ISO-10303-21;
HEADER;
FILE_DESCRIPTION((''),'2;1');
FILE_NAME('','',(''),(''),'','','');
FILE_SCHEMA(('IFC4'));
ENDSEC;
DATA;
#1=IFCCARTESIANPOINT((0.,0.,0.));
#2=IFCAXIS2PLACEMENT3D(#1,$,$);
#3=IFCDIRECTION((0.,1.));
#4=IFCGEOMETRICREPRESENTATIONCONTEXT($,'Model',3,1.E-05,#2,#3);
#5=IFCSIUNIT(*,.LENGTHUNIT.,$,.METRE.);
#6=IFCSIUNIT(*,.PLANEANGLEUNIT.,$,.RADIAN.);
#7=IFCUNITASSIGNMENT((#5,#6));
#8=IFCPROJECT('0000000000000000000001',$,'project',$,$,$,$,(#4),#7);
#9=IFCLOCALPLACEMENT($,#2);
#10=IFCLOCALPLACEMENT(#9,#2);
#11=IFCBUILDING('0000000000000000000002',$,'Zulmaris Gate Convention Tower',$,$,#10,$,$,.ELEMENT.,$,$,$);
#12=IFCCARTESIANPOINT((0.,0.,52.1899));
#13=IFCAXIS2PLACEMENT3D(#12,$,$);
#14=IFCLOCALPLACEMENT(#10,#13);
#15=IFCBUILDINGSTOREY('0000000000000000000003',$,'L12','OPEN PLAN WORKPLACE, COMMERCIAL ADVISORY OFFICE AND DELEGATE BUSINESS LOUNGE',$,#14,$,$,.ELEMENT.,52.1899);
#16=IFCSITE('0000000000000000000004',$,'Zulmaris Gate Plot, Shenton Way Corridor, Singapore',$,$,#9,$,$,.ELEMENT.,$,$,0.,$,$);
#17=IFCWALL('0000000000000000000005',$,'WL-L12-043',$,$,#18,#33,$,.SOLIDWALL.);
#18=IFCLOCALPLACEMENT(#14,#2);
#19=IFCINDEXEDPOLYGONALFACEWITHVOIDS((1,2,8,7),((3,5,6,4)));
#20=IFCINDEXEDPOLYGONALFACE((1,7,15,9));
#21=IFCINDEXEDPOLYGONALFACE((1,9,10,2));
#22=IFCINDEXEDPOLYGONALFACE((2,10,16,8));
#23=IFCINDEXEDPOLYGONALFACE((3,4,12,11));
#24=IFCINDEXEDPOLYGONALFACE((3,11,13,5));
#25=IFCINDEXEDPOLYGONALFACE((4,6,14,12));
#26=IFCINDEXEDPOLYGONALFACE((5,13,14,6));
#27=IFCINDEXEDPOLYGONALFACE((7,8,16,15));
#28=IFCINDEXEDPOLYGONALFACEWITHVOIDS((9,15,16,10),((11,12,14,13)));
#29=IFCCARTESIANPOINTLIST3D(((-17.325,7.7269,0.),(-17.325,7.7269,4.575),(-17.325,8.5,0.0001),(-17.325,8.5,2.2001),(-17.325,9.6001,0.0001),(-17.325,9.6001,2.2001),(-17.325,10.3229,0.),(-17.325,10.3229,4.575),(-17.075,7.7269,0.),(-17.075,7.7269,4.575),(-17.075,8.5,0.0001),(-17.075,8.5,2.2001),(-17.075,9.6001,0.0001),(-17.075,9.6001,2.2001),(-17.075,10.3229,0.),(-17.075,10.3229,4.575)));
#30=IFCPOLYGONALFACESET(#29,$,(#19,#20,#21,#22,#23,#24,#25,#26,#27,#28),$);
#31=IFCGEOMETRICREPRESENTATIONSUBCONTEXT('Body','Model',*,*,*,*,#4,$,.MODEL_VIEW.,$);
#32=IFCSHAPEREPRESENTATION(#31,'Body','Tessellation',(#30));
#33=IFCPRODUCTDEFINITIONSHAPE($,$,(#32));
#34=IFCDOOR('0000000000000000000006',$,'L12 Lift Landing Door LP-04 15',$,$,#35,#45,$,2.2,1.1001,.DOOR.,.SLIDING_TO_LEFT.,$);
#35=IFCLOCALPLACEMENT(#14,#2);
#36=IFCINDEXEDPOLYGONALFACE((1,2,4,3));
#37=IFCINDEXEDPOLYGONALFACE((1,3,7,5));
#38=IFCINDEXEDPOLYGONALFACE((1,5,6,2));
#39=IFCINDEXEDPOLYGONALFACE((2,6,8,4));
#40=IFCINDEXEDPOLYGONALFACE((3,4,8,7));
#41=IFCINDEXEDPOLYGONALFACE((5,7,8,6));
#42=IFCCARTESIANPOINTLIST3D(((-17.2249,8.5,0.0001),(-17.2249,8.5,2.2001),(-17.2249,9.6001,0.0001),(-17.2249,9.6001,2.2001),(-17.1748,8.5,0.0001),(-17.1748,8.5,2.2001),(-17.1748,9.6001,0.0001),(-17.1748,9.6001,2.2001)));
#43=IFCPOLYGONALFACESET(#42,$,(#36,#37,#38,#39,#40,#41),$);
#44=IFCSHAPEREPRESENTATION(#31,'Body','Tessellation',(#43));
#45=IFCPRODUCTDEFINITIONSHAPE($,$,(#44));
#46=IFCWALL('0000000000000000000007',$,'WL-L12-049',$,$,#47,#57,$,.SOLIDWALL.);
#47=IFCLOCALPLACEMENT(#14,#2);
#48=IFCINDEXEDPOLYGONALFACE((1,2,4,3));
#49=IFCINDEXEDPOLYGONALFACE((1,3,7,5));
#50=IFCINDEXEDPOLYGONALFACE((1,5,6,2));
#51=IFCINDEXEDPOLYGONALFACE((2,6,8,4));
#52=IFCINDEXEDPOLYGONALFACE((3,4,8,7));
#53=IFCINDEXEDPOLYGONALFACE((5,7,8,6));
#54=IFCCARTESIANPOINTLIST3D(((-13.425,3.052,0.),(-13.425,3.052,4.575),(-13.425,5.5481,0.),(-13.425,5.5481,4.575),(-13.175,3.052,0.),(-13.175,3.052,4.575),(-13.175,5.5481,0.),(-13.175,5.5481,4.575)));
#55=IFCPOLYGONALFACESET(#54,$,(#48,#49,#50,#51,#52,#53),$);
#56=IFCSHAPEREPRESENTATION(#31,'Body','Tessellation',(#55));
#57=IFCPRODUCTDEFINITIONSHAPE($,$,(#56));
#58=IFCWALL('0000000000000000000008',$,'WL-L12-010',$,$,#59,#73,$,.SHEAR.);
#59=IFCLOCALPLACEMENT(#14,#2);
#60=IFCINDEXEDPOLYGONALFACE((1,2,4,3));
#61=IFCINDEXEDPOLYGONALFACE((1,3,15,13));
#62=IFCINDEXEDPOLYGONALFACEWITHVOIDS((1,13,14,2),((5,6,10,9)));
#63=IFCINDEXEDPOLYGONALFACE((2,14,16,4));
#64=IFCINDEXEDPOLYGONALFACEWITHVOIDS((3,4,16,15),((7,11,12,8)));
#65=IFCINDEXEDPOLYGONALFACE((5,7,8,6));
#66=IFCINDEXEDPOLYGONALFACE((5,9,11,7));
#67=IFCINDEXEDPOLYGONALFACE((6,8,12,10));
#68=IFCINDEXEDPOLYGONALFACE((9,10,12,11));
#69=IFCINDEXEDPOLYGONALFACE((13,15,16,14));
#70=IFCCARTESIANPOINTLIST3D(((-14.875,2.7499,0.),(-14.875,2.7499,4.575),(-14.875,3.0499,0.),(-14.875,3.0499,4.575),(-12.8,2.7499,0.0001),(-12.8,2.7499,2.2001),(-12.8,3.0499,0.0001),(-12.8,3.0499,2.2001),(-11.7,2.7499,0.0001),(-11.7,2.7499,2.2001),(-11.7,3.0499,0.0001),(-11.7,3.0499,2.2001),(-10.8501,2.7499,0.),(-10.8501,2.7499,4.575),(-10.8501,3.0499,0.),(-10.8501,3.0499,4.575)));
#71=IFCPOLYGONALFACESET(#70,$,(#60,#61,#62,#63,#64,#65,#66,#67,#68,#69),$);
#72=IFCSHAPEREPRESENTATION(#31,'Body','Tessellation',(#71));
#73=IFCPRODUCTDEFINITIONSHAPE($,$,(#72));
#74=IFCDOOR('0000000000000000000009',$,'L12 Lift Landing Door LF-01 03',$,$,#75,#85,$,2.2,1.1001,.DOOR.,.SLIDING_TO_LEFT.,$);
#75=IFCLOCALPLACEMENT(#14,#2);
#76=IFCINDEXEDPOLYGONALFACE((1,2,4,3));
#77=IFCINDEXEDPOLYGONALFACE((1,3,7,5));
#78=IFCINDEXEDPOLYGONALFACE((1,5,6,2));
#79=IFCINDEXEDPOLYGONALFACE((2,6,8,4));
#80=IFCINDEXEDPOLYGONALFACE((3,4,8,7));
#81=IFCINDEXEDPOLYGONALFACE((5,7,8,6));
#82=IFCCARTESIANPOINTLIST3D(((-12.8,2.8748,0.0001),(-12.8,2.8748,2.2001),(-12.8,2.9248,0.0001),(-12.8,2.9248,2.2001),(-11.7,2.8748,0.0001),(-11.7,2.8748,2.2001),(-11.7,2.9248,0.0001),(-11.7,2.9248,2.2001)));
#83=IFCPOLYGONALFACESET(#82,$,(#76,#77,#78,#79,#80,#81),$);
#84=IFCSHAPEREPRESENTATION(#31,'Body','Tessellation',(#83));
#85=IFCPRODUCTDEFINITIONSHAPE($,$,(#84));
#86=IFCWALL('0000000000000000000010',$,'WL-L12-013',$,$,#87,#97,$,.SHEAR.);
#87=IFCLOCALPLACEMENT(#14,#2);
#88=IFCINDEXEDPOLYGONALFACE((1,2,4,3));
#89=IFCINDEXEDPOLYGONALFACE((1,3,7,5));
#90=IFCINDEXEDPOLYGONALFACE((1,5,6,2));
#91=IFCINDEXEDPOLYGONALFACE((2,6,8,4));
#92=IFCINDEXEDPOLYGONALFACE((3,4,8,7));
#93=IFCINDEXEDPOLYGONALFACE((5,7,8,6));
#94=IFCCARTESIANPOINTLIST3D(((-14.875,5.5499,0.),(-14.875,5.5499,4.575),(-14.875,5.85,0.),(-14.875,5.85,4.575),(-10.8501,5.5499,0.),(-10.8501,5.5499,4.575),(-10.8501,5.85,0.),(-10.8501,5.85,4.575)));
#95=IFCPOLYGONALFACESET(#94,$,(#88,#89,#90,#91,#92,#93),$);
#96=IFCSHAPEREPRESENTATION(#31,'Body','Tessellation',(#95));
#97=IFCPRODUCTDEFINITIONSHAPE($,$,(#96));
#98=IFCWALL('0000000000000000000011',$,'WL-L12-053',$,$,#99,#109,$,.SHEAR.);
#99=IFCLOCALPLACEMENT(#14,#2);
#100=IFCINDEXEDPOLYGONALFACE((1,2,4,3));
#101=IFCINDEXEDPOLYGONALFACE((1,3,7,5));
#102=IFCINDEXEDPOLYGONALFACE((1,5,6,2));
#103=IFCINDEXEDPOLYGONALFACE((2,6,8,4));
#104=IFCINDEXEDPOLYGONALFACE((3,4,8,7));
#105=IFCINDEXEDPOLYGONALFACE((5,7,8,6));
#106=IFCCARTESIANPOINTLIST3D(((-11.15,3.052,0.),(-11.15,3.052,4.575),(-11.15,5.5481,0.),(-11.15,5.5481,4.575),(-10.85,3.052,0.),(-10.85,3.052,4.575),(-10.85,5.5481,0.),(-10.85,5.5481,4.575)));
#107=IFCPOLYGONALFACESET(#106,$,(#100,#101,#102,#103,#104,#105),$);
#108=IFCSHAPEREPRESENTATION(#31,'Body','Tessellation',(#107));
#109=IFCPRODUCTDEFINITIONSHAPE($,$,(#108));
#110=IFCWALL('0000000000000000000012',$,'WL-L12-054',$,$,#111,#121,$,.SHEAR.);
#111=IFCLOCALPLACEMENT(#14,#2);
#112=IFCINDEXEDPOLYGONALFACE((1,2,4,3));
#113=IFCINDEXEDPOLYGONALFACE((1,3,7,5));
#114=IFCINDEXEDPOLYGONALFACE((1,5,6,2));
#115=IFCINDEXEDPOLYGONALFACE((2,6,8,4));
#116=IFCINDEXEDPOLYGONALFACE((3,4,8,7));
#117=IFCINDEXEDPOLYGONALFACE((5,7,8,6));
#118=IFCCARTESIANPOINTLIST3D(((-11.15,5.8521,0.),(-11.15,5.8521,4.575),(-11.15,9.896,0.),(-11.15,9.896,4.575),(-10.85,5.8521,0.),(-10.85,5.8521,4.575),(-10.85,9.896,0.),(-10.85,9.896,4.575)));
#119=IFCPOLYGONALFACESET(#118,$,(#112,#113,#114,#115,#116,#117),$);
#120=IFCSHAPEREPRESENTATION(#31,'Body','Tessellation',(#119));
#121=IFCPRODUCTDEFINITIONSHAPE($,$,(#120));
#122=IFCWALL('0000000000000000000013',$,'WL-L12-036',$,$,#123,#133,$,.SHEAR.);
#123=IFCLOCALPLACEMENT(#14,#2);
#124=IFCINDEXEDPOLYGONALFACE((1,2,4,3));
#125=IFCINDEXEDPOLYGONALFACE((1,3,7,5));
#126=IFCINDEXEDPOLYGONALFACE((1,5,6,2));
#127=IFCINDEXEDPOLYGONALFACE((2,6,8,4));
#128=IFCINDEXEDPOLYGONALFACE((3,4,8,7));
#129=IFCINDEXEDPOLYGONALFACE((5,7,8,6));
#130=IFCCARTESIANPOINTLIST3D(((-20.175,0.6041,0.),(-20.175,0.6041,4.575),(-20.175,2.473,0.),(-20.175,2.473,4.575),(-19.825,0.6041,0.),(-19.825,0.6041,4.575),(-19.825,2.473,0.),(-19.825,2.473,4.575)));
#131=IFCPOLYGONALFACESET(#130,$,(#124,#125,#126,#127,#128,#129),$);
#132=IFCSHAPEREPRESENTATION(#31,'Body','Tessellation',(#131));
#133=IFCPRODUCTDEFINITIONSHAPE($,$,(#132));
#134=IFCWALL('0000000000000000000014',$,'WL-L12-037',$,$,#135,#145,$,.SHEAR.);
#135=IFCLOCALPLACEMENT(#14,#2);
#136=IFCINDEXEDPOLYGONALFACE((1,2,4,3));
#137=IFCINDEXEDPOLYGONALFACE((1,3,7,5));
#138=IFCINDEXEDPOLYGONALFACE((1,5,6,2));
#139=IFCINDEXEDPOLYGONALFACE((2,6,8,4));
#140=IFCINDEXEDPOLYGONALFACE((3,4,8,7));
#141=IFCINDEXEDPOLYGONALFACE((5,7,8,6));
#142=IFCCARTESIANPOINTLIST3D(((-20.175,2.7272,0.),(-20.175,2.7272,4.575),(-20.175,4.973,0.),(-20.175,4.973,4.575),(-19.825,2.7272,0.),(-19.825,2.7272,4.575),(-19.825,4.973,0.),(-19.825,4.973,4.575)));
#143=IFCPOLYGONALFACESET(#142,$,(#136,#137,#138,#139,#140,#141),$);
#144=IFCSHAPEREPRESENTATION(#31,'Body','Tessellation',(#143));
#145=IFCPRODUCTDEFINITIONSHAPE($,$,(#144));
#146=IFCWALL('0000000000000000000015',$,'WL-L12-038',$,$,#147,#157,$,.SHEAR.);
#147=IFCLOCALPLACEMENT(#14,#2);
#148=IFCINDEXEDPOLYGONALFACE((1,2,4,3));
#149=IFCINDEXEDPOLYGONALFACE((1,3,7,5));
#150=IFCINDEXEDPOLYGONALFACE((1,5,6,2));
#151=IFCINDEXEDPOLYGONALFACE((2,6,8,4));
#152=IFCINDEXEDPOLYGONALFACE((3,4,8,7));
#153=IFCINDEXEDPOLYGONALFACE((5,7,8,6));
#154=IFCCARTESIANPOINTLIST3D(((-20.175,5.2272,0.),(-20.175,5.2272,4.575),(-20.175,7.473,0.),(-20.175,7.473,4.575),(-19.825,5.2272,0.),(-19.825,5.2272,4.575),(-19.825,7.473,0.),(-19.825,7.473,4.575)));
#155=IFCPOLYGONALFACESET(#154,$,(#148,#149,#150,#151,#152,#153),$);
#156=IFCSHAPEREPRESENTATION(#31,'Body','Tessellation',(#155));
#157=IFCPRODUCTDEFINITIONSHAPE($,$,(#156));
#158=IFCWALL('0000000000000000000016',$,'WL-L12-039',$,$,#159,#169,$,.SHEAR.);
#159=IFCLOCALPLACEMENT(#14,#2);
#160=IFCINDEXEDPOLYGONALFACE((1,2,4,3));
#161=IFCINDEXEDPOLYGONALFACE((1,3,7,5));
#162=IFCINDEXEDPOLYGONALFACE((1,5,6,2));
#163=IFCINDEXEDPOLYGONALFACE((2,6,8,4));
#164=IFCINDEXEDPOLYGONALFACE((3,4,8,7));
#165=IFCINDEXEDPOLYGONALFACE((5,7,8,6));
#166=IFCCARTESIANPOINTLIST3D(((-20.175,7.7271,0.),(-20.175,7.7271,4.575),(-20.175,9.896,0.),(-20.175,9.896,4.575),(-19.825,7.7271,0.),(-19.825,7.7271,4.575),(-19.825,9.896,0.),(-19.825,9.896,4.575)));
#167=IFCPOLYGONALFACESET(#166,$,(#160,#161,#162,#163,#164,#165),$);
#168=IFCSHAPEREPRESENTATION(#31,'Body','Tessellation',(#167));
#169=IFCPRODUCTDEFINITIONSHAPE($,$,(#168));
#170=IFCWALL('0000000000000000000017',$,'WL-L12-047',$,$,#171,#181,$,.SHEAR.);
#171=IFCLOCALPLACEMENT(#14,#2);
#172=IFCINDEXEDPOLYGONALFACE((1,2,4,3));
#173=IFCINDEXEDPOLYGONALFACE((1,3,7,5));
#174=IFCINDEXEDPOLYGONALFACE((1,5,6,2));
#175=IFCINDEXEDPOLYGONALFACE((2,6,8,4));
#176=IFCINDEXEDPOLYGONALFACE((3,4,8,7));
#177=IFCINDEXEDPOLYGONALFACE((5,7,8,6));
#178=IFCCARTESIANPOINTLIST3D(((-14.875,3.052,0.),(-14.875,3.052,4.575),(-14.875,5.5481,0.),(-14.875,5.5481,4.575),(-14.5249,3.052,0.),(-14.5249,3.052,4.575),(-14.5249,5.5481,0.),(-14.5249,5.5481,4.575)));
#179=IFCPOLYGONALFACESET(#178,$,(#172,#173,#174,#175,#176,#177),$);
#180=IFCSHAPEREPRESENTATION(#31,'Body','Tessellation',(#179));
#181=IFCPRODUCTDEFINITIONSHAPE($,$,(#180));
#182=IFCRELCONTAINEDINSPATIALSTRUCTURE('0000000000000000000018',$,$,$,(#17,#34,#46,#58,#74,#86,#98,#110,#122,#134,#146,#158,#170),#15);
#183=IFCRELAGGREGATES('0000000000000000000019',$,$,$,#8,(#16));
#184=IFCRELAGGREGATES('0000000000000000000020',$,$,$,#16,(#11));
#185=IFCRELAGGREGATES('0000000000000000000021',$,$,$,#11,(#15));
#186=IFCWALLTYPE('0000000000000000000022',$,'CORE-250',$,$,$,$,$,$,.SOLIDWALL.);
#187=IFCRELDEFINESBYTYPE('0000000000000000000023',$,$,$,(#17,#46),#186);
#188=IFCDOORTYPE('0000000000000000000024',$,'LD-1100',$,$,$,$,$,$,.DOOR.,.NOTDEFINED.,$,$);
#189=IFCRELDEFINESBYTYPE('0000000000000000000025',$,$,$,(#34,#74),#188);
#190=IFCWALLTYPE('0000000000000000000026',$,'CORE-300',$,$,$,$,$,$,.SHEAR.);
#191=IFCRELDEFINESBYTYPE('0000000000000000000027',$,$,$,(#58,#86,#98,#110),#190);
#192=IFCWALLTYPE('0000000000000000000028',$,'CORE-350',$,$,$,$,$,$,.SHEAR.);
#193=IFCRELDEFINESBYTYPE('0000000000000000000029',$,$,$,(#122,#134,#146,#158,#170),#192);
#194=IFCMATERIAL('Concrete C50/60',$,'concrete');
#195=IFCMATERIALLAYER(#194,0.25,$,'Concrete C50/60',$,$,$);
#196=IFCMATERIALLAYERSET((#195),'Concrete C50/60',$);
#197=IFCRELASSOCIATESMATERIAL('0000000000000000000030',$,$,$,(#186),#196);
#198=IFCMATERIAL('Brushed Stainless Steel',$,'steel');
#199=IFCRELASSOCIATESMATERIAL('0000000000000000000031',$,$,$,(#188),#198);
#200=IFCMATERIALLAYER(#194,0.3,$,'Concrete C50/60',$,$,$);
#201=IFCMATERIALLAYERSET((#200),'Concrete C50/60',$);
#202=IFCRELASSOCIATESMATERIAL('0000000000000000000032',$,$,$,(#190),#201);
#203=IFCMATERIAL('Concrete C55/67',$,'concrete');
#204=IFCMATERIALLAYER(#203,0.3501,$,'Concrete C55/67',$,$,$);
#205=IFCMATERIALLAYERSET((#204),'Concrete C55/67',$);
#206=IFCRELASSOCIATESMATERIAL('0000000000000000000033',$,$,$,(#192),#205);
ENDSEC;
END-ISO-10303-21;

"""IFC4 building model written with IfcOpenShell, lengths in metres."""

from ifc_helpers import new_model, si_unit, direction, frame, frame_2d, origin, place, context, subcontext, project, spatial, rectangle, extrude, material, layer, layer_set, type_object, element, fill, save


model = new_model("IFC4")

# Units and contexts
model_context = context("Model", 3, precision=1e-05, world=origin(), true_north=direction((0.0, 1.0)))
body_context = subcontext(model_context, "Body", "Model", "MODEL_VIEW")
ifc_project = project(units=[si_unit("LENGTHUNIT", "METRE"), si_unit("PLANEANGLEUNIT", "RADIAN")], contexts=[model_context])

# Site, building, storey
site_placement = place(None, origin())
site = spatial("IfcSite", under=ifc_project, at=site_placement, Name="Zulmaris Gate Plot, Shenton Way Corridor, Singapore", CompositionType="ELEMENT", RefElevation=0.0)
building_placement = place(site_placement, origin())
building = spatial("IfcBuilding", under=site, at=building_placement, Name="Zulmaris Gate Convention Tower", CompositionType="ELEMENT")
storey_placement = place(building_placement, frame((0.0, 0.0, 52.1899)))
storey = spatial("IfcBuildingStorey", under=building, at=storey_placement, Name="L12", Description="OPEN PLAN WORKPLACE, COMMERCIAL ADVISORY OFFICE AND DELEGATE BUSINESS LOUNGE", CompositionType="ELEMENT", Elevation=52.1899)

# Shared definitions
ifc_material_1 = material(Name="Concrete C50/60", Category="concrete")
ifc_layer_1 = layer(ifc_material_1, 0.25, Name="Concrete C50/60")
ifc_layer_set_1 = layer_set([ifc_layer_1], Name="Concrete C50/60")
wall_type_1 = type_object("IfcWallType", Name="CORE-250", PredefinedType="SOLIDWALL", material=ifc_layer_set_1)

# Wall, opening, door
ifc_material_2 = material(Name="Brushed Stainless Steel", Category="steel")
door_type_1 = type_object("IfcDoorType", Name="LD-1100", OperationType="NOTDEFINED", PredefinedType="DOOR", material=ifc_material_2)
wall_1_placement = place(storey_placement, frame((-17.2, 7.7271, 0.0), z_axis=(0.0, 0.0, 1.0), x_axis=(0.0, 1.0, 0.0)))
wall_1 = element("IfcWall", 1, at=wall_1_placement, inside=storey, type_object=wall_type_1, Name="WL-L12-043", PredefinedType="SOLIDWALL", context=body_context, shape_type="SweptSolid", body=[
    extrude(rectangle(XDim=2.5959, YDim=0.25, at=frame_2d((1.2979, 0.0))), origin(), (0.0, 0.0, 1.0), 4.575),
])
opening_1_placement = place(wall_1_placement, frame((0.7729, 0.0, 0.0)))
opening_1 = element("IfcOpeningElement", 2, at=opening_1_placement, cuts=wall_1, PredefinedType="OPENING", context=body_context, shape_type="SweptSolid", body=[
    extrude(rectangle(XDim=1.1001, YDim=2.2, at=frame_2d((0.55, 1.1001))), frame((0.0, 0.135, 0.0), z_axis=(0.0, -1.0, 0.0), x_axis=(1.0, 0.0, 0.0)), (0.0, 0.0, 1.0), 0.27),
])
door_1_placement = place(opening_1_placement, origin())
door_1 = element("IfcDoor", 3, at=door_1_placement, inside=storey, type_object=door_type_1, Name="L12 Lift Landing Door LP-04 15", OperationType="SLIDING_TO_LEFT", OverallHeight=2.2, OverallWidth=1.1001, PredefinedType="DOOR", context=body_context, shape_type="SweptSolid", body=[
    extrude(rectangle(XDim=1.1001, YDim=2.2, at=frame_2d((0.55, 1.1001))), frame((0.0, 0.0249, 0.0), z_axis=(0.0, -1.0, 0.0), x_axis=(1.0, 0.0, 0.0)), (0.0, 0.0, 1.0), 0.05),
])
fill(opening_1, door_1)

# Wall
wall_2_placement = place(storey_placement, frame((-13.3, 3.052, 0.0), z_axis=(0.0, 0.0, 1.0), x_axis=(0.0, 1.0, 0.0)))
element("IfcWall", 4, at=wall_2_placement, inside=storey, type_object=wall_type_1, Name="WL-L12-049", PredefinedType="SOLIDWALL", context=body_context, shape_type="SweptSolid", body=[
    extrude(rectangle(XDim=2.4961, YDim=0.25, at=frame_2d((1.248, 0.0))), origin(), (0.0, 0.0, 1.0), 4.575),
])

# Wall, opening, door
ifc_layer_2 = layer(ifc_material_1, 0.3, Name="Concrete C50/60")
ifc_layer_set_2 = layer_set([ifc_layer_2], Name="Concrete C50/60")
wall_type_2 = type_object("IfcWallType", Name="CORE-300", PredefinedType="SHEAR", material=ifc_layer_set_2)
wall_3_placement = place(storey_placement, frame((-14.875, 2.8999, 0.0), z_axis=(0.0, 0.0, 1.0), x_axis=(1.0, 0.0, 0.0)))
wall_3 = element("IfcWall", 5, at=wall_3_placement, inside=storey, type_object=wall_type_2, Name="WL-L12-010", PredefinedType="SHEAR", context=body_context, shape_type="SweptSolid", body=[
    extrude(rectangle(XDim=4.0249, YDim=0.3, at=frame_2d((2.0125, 0.0))), origin(), (0.0, 0.0, 1.0), 4.575),
])
opening_2_placement = place(wall_3_placement, frame((2.075, 0.0, 0.0)))
opening_2 = element("IfcOpeningElement", 6, at=opening_2_placement, cuts=wall_3, PredefinedType="OPENING", context=body_context, shape_type="SweptSolid", body=[
    extrude(rectangle(XDim=1.1001, YDim=2.2, at=frame_2d((0.55, 1.1001))), frame((0.0, 0.1602, 0.0), z_axis=(0.0, -1.0, 0.0), x_axis=(1.0, 0.0, 0.0)), (0.0, 0.0, 1.0), 0.3201),
])
door_2_placement = place(opening_2_placement, origin())
door_2 = element("IfcDoor", 7, at=door_2_placement, inside=storey, type_object=door_type_1, Name="L12 Lift Landing Door LF-01 03", OperationType="SLIDING_TO_LEFT", OverallHeight=2.2, OverallWidth=1.1001, PredefinedType="DOOR", context=body_context, shape_type="SweptSolid", body=[
    extrude(rectangle(XDim=1.1001, YDim=2.2, at=frame_2d((0.55, 1.1001))), frame((0.0, 0.0249, 0.0), z_axis=(0.0, -1.0, 0.0), x_axis=(1.0, 0.0, 0.0)), (0.0, 0.0, 1.0), 0.05),
])
fill(opening_2, door_2)

# Wall
wall_4_placement = place(storey_placement, frame((-14.875, 5.7, 0.0), z_axis=(0.0, 0.0, 1.0), x_axis=(1.0, 0.0, 0.0)))
element("IfcWall", 8, at=wall_4_placement, inside=storey, type_object=wall_type_2, Name="WL-L12-013", PredefinedType="SHEAR", context=body_context, shape_type="SweptSolid", body=[
    extrude(rectangle(XDim=4.0249, YDim=0.3, at=frame_2d((2.0125, 0.0))), origin(), (0.0, 0.0, 1.0), 4.575),
])

# Walls
wall_5_placement = place(storey_placement, frame((-11.0, 3.052, 0.0), z_axis=(0.0, 0.0, 1.0), x_axis=(0.0, 1.0, 0.0)))
element("IfcWall", 9, at=wall_5_placement, inside=storey, type_object=wall_type_2, Name="WL-L12-053", PredefinedType="SHEAR", context=body_context, shape_type="SweptSolid", body=[
    extrude(rectangle(XDim=2.4961, YDim=0.3, at=frame_2d((1.248, 0.0))), origin(), (0.0, 0.0, 1.0), 4.575),
])
wall_6_placement = place(storey_placement, frame((-11.0, 5.8521, 0.0), z_axis=(0.0, 0.0, 1.0), x_axis=(0.0, 1.0, 0.0)))
element("IfcWall", 10, at=wall_6_placement, inside=storey, type_object=wall_type_2, Name="WL-L12-054", PredefinedType="SHEAR", context=body_context, shape_type="SweptSolid", body=[
    extrude(rectangle(XDim=4.0439, YDim=0.3, at=frame_2d((2.022, 0.0))), origin(), (0.0, 0.0, 1.0), 4.575),
])
ifc_material_3 = material(Name="Concrete C55/67", Category="concrete")
ifc_layer_3 = layer(ifc_material_3, 0.3501, Name="Concrete C55/67")
ifc_layer_set_3 = layer_set([ifc_layer_3], Name="Concrete C55/67")
wall_type_3 = type_object("IfcWallType", Name="CORE-350", PredefinedType="SHEAR", material=ifc_layer_set_3)
wall_7_placement = place(storey_placement, frame((-20.0, 0.604, 0.0), z_axis=(0.0, 0.0, 1.0), x_axis=(0.0, 1.0, 0.0)))
element("IfcWall", 11, at=wall_7_placement, inside=storey, type_object=wall_type_3, Name="WL-L12-036", PredefinedType="SHEAR", context=body_context, shape_type="SweptSolid", body=[
    extrude(rectangle(XDim=1.8689, YDim=0.3501, at=frame_2d((0.9346, 0.0))), origin(), (0.0, 0.0, 1.0), 4.575),
])
for number, where, z_axis, x_axis, name in (
    (12, (-20.0, 2.7271, 0.0), (0.0, 0.0, 1.0), (0.0, 1.0, 0.0), "WL-L12-037"),
    (13, (-20.0, 5.2271, 0.0), (0.0, 0.0, 1.0), (0.0, 1.0, 0.0), "WL-L12-038"),
):
    element("IfcWall", number, at=place(storey_placement, frame(where, z_axis=z_axis, x_axis=x_axis)), inside=storey, type_object=wall_type_3, Name=name, PredefinedType="SHEAR", context=body_context, shape_type="SweptSolid", body=[
        extrude(rectangle(XDim=2.2458, YDim=0.3501, at=frame_2d((1.123, 0.0))), origin(), (0.0, 0.0, 1.0), 4.575),
    ])
wall_8_placement = place(storey_placement, frame((-20.0, 7.7271, 0.0), z_axis=(0.0, 0.0, 1.0), x_axis=(0.0, 1.0, 0.0)))
element("IfcWall", 14, at=wall_8_placement, inside=storey, type_object=wall_type_3, Name="WL-L12-039", PredefinedType="SHEAR", context=body_context, shape_type="SweptSolid", body=[
    extrude(rectangle(XDim=2.1689, YDim=0.3501, at=frame_2d((1.0845, 0.0))), origin(), (0.0, 0.0, 1.0), 4.575),
])
wall_9_placement = place(storey_placement, frame((-14.7, 3.052, 0.0), z_axis=(0.0, 0.0, 1.0), x_axis=(0.0, 1.0, 0.0)))
element("IfcWall", 15, at=wall_9_placement, inside=storey, type_object=wall_type_3, Name="WL-L12-047", PredefinedType="SHEAR", context=body_context, shape_type="SweptSolid", body=[
    extrude(rectangle(XDim=2.4961, YDim=0.3501, at=frame_2d((1.248, 0.0))), origin(), (0.0, 0.0, 1.0), 4.575),
])

save(model, "model.ifc")
